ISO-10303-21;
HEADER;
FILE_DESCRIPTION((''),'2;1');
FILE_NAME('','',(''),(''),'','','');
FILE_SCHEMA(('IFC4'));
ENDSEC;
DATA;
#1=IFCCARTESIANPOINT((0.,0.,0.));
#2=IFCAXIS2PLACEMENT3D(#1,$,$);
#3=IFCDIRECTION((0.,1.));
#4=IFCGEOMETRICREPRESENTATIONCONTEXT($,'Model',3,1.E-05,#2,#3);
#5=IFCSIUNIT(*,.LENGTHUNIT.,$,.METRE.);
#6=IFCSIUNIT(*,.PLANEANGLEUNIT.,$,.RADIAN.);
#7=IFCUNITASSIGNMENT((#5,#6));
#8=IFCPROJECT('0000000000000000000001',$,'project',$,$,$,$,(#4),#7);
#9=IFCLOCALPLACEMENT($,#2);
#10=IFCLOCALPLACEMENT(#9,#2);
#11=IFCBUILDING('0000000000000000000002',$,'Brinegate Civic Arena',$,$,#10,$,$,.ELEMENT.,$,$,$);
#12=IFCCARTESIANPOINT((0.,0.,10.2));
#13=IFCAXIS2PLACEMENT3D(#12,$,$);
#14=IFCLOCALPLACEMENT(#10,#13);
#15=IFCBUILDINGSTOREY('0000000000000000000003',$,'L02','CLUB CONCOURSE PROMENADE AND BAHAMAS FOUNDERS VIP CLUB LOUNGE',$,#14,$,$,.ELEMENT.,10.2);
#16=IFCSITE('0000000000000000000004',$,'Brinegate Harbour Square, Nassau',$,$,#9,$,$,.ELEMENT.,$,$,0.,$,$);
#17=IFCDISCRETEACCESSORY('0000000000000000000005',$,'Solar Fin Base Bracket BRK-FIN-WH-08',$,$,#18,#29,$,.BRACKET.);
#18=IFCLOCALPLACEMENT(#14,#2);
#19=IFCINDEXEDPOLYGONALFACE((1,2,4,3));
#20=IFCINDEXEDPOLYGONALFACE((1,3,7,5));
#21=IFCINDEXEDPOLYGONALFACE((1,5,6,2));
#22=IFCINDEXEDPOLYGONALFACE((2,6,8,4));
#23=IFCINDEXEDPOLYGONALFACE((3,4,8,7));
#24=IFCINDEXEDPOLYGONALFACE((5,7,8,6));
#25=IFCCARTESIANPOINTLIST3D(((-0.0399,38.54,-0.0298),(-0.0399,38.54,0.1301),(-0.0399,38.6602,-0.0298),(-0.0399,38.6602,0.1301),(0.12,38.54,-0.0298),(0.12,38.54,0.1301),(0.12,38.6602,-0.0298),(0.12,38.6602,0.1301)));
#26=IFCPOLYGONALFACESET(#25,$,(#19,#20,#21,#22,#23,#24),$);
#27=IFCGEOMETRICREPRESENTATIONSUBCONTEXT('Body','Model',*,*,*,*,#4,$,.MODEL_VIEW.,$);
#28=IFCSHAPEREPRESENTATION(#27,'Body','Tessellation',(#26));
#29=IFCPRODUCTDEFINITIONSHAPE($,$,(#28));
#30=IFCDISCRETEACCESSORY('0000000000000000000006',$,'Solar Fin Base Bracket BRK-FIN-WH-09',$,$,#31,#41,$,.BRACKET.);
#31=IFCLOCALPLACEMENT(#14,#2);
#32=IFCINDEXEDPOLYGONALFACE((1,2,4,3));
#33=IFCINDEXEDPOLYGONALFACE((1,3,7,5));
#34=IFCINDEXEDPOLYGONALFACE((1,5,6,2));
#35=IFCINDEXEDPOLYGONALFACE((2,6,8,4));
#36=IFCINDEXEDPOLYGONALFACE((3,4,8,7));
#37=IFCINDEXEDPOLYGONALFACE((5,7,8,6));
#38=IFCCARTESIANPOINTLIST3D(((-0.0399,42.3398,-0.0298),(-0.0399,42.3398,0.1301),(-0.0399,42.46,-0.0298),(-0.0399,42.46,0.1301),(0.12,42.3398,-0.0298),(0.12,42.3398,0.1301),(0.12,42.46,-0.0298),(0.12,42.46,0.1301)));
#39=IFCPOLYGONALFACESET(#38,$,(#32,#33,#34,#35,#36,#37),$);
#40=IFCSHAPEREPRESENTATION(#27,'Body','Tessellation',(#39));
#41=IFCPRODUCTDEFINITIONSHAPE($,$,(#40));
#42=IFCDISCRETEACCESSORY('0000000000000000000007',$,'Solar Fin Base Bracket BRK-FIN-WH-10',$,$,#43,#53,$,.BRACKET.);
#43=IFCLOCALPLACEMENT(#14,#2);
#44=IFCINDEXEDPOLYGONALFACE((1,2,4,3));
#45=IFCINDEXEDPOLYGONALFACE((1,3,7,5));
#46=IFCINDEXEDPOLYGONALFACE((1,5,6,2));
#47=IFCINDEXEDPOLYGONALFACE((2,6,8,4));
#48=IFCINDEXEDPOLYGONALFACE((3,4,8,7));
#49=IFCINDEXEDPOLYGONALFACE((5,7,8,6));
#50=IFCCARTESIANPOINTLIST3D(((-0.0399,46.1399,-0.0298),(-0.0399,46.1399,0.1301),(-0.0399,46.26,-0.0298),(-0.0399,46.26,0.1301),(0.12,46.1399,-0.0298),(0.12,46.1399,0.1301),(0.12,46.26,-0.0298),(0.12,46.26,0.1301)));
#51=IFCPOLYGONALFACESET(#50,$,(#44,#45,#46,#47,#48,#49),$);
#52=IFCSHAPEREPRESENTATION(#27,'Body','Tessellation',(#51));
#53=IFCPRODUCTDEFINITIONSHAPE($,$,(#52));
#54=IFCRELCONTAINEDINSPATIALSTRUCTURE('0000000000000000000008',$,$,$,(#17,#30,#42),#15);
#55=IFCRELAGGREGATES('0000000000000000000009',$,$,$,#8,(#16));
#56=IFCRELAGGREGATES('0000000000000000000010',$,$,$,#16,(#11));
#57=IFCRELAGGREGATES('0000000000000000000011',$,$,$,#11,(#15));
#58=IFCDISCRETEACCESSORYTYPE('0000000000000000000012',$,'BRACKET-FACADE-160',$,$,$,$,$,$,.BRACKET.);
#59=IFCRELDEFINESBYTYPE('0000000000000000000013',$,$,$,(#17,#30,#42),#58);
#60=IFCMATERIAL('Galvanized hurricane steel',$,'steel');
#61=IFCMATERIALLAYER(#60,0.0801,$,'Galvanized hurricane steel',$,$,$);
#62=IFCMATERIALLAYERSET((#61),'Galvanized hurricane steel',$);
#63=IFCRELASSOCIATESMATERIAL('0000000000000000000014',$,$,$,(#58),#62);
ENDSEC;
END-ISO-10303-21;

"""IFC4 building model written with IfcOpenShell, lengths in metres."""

from ifc_helpers import new_model, si_unit, direction, frame, origin, origin_2d, place, context, subcontext, project, spatial, rectangle, extrude, material, layer, layer_set, type_object, element, save


model = new_model("IFC4")

# Units and contexts
model_context = context("Model", 3, precision=1e-05, world=origin(), true_north=direction((0.0, 1.0)))
body_context = subcontext(model_context, "Body", "Model", "MODEL_VIEW")
ifc_project = project(units=[si_unit("LENGTHUNIT", "METRE"), si_unit("PLANEANGLEUNIT", "RADIAN")], contexts=[model_context])

# Site, building, storey
site_placement = place(None, origin())
site = spatial("IfcSite", under=ifc_project, at=site_placement, Name="Brinegate Harbour Square, Nassau", CompositionType="ELEMENT", RefElevation=0.0)
building_placement = place(site_placement, origin())
building = spatial("IfcBuilding", under=site, at=building_placement, Name="Brinegate Civic Arena", CompositionType="ELEMENT")
storey_placement = place(building_placement, frame((0.0, 0.0, 10.2)))
storey = spatial("IfcBuildingStorey", under=building, at=storey_placement, Name="L02", Description="CLUB CONCOURSE PROMENADE AND BAHAMAS FOUNDERS VIP CLUB LOUNGE", CompositionType="ELEMENT", Elevation=10.2)

# Discrete accessories
ifc_material_1 = material(Name="Galvanized hurricane steel", Category="steel")
ifc_layer_1 = layer(ifc_material_1, 0.0801, Name="Galvanized hurricane steel")
ifc_layer_set_1 = layer_set([ifc_layer_1], Name="Galvanized hurricane steel")
discrete_accessory_type = type_object("IfcDiscreteAccessoryType", Name="BRACKET-FACADE-160", PredefinedType="BRACKET", material=ifc_layer_set_1)
for number, where, z_axis, x_axis, name in (
    (1, (0.04, 38.6001, -0.0298), (0.0, 0.0, 1.0), (1.0, 0.0, 0.0), "Solar Fin Base Bracket BRK-FIN-WH-08"),
    (2, (0.04, 42.3999, -0.0298), (0.0, 0.0, 1.0), (1.0, 0.0, 0.0), "Solar Fin Base Bracket BRK-FIN-WH-09"),
    (3, (0.04, 46.2, -0.0298), (0.0, 0.0, 1.0), (1.0, 0.0, 0.0), "Solar Fin Base Bracket BRK-FIN-WH-10"),
):
    element("IfcDiscreteAccessory", number, at=place(storey_placement, frame(where, z_axis=z_axis, x_axis=x_axis)), inside=storey, type_object=discrete_accessory_type, Name=name, PredefinedType="BRACKET", context=body_context, shape_type="SweptSolid", body=[
        extrude(rectangle(XDim=0.1599, YDim=0.1201, at=origin_2d()), origin(), (0.0, 0.0, 1.0), 0.1599),
    ])

save(model, "model.ifc")
